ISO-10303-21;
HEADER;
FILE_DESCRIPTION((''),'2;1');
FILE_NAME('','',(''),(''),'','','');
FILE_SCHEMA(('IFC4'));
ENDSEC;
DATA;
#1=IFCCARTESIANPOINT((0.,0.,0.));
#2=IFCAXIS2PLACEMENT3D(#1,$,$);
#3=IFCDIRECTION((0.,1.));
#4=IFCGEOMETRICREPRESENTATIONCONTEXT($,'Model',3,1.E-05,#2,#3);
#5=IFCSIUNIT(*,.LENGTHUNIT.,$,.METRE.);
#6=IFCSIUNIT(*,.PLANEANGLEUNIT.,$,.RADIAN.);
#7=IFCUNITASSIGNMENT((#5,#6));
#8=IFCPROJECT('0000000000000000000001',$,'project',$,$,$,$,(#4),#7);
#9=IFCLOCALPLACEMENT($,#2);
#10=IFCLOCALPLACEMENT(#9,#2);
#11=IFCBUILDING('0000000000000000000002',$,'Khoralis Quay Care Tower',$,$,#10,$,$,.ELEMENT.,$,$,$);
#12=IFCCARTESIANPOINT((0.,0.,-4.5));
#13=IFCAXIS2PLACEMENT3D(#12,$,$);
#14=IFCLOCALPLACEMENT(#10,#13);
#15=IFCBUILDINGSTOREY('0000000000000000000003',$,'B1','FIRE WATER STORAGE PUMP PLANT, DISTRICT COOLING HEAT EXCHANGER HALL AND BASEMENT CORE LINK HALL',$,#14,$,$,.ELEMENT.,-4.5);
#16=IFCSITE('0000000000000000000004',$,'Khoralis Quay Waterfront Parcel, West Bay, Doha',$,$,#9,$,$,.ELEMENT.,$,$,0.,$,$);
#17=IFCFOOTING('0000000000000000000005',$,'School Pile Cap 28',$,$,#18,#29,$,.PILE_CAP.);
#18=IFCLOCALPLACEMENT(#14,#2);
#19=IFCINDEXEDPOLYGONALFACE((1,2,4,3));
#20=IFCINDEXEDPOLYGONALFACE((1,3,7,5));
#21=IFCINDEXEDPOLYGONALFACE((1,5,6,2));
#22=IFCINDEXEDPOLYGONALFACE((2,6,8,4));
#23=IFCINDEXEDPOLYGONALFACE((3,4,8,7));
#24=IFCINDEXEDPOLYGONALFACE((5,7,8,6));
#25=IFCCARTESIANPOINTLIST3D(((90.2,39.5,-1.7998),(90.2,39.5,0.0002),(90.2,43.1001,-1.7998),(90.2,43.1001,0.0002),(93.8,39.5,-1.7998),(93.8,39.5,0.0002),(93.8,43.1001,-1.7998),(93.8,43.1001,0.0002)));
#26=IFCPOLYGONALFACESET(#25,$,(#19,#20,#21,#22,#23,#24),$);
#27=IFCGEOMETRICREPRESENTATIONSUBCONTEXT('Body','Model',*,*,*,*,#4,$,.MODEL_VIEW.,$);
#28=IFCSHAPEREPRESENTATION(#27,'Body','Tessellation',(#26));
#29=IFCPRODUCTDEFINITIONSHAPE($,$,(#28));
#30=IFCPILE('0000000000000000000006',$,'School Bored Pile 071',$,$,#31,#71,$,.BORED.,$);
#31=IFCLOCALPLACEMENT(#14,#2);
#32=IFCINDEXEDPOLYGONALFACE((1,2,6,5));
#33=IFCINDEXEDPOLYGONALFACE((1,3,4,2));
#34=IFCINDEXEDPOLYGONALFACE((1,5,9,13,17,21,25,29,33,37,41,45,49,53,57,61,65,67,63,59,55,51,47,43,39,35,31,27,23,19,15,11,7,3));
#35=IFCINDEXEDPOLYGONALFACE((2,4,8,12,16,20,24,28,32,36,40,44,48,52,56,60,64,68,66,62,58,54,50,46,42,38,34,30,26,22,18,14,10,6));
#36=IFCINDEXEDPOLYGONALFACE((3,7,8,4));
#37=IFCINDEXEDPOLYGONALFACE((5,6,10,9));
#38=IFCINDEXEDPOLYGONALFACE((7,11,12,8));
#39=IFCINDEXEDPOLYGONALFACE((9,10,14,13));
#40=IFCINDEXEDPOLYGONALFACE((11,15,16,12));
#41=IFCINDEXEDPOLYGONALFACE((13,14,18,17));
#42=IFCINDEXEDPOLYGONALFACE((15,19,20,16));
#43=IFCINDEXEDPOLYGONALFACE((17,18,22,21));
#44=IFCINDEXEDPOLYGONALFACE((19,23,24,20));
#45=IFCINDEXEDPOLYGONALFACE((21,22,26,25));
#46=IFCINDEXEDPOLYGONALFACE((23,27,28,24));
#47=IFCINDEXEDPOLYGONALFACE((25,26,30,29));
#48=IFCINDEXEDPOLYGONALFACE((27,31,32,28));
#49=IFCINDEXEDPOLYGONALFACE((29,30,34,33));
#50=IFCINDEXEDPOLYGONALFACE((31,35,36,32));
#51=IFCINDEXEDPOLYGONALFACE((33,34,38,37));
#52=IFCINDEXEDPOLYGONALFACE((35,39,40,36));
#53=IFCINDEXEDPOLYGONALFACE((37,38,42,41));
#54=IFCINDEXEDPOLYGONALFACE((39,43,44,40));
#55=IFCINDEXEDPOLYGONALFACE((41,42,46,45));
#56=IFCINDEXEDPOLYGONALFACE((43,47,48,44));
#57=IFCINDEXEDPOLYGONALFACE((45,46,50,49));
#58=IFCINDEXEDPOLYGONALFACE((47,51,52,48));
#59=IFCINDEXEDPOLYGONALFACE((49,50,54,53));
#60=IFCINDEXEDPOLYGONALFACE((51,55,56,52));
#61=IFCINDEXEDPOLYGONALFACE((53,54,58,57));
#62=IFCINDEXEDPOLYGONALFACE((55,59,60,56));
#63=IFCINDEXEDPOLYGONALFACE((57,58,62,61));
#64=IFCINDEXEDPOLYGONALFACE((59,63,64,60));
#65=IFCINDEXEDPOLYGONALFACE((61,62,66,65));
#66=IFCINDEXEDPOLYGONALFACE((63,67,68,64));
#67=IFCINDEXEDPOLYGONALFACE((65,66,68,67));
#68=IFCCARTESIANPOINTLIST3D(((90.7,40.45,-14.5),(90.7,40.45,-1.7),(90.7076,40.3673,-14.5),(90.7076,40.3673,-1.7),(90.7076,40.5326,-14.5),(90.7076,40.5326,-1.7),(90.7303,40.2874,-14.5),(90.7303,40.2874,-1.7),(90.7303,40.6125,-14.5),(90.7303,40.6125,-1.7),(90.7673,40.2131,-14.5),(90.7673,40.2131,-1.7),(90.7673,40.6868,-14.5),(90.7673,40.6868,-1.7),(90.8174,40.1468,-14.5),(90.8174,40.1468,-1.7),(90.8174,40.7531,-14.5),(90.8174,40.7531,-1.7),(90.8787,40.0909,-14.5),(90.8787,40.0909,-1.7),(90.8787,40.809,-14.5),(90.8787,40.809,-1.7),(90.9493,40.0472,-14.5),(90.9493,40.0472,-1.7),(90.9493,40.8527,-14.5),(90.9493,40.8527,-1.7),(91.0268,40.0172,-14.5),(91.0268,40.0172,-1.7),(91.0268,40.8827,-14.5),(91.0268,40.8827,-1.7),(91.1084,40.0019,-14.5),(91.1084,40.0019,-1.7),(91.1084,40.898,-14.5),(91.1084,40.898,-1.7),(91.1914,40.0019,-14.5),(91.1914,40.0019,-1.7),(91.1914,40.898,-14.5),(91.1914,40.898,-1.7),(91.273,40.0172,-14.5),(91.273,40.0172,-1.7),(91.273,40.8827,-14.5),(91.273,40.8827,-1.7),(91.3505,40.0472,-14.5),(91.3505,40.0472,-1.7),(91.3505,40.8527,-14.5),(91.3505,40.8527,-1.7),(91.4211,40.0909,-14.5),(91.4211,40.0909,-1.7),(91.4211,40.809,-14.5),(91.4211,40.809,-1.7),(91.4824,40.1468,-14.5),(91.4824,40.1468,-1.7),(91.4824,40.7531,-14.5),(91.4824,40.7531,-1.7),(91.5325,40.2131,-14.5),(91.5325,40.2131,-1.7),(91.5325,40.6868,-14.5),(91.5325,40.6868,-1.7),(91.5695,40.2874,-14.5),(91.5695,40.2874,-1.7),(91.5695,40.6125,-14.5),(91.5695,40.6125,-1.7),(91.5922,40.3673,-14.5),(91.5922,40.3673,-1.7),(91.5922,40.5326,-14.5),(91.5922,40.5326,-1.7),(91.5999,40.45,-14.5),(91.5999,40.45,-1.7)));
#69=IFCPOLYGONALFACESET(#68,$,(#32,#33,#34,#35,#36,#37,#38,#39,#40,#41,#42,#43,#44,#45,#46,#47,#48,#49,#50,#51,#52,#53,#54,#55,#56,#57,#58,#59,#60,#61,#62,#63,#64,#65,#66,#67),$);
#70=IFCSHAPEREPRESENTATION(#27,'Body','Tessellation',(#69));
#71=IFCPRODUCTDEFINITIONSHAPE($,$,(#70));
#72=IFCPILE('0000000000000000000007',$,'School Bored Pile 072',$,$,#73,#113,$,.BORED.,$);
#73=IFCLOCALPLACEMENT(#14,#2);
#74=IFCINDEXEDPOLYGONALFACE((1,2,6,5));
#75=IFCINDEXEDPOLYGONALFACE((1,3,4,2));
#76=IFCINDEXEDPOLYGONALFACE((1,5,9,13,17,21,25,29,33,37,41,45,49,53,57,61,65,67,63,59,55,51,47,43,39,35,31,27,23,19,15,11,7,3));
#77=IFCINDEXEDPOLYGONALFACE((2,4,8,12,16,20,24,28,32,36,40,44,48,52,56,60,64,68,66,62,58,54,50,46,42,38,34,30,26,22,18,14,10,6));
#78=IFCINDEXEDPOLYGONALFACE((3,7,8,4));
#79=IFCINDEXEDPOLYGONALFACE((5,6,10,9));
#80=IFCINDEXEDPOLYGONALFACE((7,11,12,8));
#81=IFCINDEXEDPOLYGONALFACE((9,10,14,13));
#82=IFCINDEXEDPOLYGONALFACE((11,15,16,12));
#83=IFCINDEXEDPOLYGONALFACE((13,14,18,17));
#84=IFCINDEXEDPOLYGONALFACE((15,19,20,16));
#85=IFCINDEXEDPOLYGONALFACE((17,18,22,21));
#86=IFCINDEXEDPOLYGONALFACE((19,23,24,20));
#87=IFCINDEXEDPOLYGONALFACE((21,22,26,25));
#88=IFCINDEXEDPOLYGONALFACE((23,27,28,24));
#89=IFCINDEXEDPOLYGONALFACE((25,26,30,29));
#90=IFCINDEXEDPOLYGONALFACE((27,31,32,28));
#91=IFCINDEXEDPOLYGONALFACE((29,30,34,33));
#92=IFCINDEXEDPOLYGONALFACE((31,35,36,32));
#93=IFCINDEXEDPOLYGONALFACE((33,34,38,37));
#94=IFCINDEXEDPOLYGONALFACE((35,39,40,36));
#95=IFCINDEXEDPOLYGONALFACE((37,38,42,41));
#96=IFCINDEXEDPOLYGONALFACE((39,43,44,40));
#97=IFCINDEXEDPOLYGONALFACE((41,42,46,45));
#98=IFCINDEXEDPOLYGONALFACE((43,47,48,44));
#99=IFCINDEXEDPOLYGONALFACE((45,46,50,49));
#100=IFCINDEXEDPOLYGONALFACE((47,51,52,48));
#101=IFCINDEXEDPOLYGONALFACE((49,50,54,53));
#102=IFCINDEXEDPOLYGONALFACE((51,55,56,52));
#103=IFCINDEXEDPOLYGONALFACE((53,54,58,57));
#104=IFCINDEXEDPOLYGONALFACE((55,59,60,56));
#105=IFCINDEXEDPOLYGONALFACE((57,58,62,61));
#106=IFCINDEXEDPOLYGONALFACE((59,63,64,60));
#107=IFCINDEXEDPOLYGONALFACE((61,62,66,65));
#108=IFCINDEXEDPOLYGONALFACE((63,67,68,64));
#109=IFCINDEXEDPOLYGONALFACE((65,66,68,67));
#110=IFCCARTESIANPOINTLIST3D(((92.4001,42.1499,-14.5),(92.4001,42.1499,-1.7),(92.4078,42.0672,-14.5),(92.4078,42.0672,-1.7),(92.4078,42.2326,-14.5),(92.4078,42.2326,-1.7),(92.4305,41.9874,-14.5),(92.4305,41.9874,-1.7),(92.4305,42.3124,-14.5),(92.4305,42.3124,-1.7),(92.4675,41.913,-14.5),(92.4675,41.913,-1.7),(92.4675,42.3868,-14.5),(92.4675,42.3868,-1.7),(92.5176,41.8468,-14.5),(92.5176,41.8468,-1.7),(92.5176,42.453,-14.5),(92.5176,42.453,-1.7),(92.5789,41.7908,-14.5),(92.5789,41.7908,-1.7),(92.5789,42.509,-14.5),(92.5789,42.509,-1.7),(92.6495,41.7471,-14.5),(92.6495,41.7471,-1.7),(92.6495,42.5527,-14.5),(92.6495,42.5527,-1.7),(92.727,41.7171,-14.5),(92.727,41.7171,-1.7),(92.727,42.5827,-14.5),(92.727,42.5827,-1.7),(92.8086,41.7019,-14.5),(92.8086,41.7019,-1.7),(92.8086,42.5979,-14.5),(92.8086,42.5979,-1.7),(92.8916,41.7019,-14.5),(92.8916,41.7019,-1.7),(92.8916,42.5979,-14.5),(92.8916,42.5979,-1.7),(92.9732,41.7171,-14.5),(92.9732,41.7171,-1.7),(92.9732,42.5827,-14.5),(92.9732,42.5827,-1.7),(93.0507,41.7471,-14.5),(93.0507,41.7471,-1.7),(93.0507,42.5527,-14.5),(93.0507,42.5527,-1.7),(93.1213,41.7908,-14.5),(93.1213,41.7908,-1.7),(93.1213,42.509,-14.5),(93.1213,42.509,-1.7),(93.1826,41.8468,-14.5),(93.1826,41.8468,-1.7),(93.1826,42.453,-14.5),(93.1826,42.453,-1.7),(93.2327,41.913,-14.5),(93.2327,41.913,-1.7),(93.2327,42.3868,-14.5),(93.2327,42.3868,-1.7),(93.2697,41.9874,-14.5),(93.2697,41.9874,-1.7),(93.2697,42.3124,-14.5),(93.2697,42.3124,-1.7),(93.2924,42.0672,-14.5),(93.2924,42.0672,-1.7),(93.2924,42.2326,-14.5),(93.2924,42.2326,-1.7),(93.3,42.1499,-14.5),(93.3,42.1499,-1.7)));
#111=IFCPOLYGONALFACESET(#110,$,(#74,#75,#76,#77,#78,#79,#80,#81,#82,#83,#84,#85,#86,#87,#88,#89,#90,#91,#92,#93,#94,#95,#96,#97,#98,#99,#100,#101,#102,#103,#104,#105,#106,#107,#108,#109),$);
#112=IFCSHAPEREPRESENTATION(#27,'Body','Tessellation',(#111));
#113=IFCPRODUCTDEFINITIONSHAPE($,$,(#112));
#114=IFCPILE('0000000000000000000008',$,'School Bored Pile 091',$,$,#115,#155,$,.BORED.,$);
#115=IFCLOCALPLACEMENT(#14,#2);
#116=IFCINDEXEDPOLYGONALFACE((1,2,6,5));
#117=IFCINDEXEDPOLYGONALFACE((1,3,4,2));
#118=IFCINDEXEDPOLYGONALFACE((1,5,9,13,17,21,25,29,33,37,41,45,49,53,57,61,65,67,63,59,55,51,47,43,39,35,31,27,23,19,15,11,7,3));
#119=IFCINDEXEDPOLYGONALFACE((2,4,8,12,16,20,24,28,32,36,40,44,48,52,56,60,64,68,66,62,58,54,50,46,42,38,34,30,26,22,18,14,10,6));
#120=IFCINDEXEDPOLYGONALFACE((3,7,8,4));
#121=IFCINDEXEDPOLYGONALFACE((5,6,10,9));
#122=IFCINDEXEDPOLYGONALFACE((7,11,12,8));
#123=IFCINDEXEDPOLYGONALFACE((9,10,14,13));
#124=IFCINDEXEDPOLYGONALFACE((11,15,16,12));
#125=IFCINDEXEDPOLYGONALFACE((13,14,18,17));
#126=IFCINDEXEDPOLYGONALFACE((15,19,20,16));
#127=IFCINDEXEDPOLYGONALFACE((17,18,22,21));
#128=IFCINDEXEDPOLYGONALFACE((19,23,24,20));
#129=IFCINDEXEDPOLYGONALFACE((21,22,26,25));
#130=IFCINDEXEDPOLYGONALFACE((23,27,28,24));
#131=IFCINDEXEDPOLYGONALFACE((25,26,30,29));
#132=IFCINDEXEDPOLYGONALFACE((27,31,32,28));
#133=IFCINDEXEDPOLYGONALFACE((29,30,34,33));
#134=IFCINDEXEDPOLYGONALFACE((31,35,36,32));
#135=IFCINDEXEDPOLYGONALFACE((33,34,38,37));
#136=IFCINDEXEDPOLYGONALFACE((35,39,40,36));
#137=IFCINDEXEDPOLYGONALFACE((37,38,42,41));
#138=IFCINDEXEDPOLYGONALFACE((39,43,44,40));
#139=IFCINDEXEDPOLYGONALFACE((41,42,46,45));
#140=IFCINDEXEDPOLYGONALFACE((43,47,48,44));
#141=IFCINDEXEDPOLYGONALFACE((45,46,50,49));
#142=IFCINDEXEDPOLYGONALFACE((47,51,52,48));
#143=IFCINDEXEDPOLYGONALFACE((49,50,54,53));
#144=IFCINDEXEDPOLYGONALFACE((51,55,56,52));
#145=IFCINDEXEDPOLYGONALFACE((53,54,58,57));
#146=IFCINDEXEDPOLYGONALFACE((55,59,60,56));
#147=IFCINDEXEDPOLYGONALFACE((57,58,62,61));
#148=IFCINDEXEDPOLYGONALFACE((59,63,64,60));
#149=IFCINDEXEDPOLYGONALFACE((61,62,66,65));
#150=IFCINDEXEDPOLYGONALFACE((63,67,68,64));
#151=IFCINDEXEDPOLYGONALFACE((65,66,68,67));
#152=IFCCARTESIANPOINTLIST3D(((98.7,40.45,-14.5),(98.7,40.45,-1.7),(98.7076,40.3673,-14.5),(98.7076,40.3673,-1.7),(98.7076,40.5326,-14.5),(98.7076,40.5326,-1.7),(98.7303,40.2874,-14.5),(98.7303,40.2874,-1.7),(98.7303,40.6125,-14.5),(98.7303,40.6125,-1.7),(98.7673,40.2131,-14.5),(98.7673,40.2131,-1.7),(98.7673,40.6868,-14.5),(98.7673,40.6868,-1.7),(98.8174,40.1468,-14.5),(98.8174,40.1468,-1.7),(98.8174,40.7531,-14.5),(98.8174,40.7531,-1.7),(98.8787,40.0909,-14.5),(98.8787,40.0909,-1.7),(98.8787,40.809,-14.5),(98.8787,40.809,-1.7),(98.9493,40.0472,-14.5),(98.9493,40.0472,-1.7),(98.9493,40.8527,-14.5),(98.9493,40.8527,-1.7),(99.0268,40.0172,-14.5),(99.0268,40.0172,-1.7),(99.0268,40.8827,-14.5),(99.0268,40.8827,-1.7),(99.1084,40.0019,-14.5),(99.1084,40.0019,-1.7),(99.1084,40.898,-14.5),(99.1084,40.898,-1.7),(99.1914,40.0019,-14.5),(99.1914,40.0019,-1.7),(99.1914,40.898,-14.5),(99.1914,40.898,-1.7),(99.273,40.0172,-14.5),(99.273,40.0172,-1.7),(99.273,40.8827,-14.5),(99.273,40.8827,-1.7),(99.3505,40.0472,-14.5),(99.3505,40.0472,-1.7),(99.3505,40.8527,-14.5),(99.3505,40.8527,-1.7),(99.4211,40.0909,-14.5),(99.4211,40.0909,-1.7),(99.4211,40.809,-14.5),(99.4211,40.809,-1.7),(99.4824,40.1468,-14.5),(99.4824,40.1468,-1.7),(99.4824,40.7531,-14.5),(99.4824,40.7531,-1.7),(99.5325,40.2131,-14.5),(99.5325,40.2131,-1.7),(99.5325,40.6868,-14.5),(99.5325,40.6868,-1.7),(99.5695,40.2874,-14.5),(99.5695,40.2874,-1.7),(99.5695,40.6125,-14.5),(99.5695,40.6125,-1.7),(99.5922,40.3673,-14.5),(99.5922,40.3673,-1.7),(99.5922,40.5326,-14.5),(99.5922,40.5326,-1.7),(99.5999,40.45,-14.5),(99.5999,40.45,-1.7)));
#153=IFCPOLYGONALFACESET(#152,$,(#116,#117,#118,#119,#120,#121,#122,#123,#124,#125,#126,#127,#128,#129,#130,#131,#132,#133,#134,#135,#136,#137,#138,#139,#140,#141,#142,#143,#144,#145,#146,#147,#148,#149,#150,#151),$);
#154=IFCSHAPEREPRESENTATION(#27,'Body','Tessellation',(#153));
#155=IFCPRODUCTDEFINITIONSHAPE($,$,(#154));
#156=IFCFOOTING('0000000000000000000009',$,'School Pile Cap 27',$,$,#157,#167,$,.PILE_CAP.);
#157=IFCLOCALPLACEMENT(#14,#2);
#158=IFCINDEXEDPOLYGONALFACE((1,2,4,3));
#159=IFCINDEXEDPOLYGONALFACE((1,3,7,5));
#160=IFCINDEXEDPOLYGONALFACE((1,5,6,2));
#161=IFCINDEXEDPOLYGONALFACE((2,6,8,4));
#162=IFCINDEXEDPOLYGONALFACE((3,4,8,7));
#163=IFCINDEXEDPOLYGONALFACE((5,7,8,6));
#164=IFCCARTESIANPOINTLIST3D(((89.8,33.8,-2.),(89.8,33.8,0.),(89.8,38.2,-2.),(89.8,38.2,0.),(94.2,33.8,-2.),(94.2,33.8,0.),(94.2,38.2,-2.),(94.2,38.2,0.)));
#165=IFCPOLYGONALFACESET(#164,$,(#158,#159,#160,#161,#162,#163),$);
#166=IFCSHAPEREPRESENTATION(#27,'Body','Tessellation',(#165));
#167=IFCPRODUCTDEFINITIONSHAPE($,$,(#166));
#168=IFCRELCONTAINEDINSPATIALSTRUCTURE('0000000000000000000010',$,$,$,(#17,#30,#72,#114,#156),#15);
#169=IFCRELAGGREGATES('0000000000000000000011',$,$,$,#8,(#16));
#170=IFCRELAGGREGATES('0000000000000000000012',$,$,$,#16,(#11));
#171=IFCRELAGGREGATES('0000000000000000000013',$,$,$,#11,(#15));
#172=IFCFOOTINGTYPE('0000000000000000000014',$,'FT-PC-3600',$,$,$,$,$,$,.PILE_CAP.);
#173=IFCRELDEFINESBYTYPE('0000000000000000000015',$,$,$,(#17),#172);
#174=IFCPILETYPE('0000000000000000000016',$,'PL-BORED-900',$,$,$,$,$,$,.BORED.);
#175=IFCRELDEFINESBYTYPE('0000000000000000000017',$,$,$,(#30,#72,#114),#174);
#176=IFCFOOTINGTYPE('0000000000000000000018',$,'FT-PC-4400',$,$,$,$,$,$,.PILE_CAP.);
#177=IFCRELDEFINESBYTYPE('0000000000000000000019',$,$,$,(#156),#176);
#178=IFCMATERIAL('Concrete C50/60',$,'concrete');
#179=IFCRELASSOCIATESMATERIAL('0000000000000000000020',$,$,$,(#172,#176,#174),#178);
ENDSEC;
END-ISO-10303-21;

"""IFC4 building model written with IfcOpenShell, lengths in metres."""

from ifc_helpers import new_model, si_unit, direction, frame, origin, origin_2d, place, context, subcontext, project, spatial, rectangle, circle, extrude, source, transform, mapped, material, material_profile, profile_set, type_object, element, save


model = new_model("IFC4")

# Units and contexts
model_context = context("Model", 3, precision=1e-05, world=origin(), true_north=direction((0.0, 1.0)))
body_context = subcontext(model_context, "Body", "Model", "MODEL_VIEW")
ifc_project = project(units=[si_unit("LENGTHUNIT", "METRE"), si_unit("PLANEANGLEUNIT", "RADIAN")], contexts=[model_context])

# Site, building, storey
site_placement = place(None, origin())
site = spatial("IfcSite", under=ifc_project, at=site_placement, Name="Khoralis Quay Waterfront Parcel, West Bay, Doha", CompositionType="ELEMENT", RefElevation=0.0)
building_placement = place(site_placement, origin())
building = spatial("IfcBuilding", under=site, at=building_placement, Name="Khoralis Quay Care Tower", CompositionType="ELEMENT")
storey_placement = place(building_placement, frame((0.0, 0.0, -4.5)))
storey = spatial("IfcBuildingStorey", under=building, at=storey_placement, Name="B1", Description="FIRE WATER STORAGE PUMP PLANT, DISTRICT COOLING HEAT EXCHANGER HALL AND BASEMENT CORE LINK HALL", CompositionType="ELEMENT", Elevation=-4.5)

# Footing
ifc_material_1 = material(Name="Concrete C50/60", Category="concrete")
footing_type_1 = type_object("IfcFootingType", Name="FT-PC-3600", PredefinedType="PILE_CAP", material=ifc_material_1)
shared_shape_1 = source(origin(), body_context, "Body", "SweptSolid", [
    extrude(rectangle(XDim=3.6001, YDim=3.6001, at=origin_2d()), origin(), (0.0, 0.0, 1.0), 1.8),
])
footing_1_placement = place(storey_placement, frame((92.0, 41.3, -1.7998), z_axis=(0.0, 0.0, 1.0), x_axis=(1.0, 0.0, 0.0)))
element("IfcFooting", 1, at=footing_1_placement, inside=storey, type_object=footing_type_1, Name="School Pile Cap 28", PredefinedType="PILE_CAP", context=body_context, shape_type="MappedRepresentation", body=[
    mapped(shared_shape_1, transform((0.0, 0.0, 0.0), scale=1.0)),
])

# Piles
ifc_material_profile_1 = material_profile(ifc_material_1, circle(Radius=0.45, at=origin_2d()), Name="Concrete C50/60")
ifc_profile_set_1 = profile_set([ifc_material_profile_1], Name="Concrete C50/60")
pile_type_1 = type_object("IfcPileType", Name="PL-BORED-900", PredefinedType="BORED", material=ifc_profile_set_1)
shared_shape_2 = source(origin(), body_context, "Body", "SweptSolid", [
    extrude(circle(Radius=0.45, at=origin_2d()), origin(), (0.0, 0.0, 1.0), 12.8),
])
for number, where, z_axis, x_axis, name in (
    (2, (91.1499, 40.45, -1.7), (0.0, 0.0, -1.0), (1.0, 0.0, 0.0), "School Bored Pile 071"),
    (3, (92.8501, 42.1499, -1.7), (0.0, 0.0, -1.0), (1.0, 0.0, 0.0), "School Bored Pile 072"),
    (4, (99.1499, 40.45, -1.7), (0.0, 0.0, -1.0), (1.0, 0.0, 0.0), "School Bored Pile 091"),
):
    element("IfcPile", number, at=place(storey_placement, frame(where, z_axis=z_axis, x_axis=x_axis)), inside=storey, type_object=pile_type_1, Name=name, PredefinedType="BORED", context=body_context, shape_type="MappedRepresentation", body=[
        mapped(shared_shape_2, transform((0.0, 0.0, 0.0), scale=1.0)),
    ])

# Footing
footing_type_2 = type_object("IfcFootingType", Name="FT-PC-4400", PredefinedType="PILE_CAP", material=ifc_material_1)
shared_shape_3 = source(origin(), body_context, "Body", "SweptSolid", [
    extrude(rectangle(XDim=4.3999, YDim=4.3999, at=origin_2d()), origin(), (0.0, 0.0, 1.0), 2.0),
])
footing_2_placement = place(storey_placement, frame((92.0, 36.0, -2.0), z_axis=(0.0, 0.0, 1.0), x_axis=(1.0, 0.0, 0.0)))
element("IfcFooting", 5, at=footing_2_placement, inside=storey, type_object=footing_type_2, Name="School Pile Cap 27", PredefinedType="PILE_CAP", context=body_context, shape_type="MappedRepresentation", body=[
    mapped(shared_shape_3, transform((0.0, 0.0, 0.0), scale=1.0)),
])

save(model, "model.ifc")
